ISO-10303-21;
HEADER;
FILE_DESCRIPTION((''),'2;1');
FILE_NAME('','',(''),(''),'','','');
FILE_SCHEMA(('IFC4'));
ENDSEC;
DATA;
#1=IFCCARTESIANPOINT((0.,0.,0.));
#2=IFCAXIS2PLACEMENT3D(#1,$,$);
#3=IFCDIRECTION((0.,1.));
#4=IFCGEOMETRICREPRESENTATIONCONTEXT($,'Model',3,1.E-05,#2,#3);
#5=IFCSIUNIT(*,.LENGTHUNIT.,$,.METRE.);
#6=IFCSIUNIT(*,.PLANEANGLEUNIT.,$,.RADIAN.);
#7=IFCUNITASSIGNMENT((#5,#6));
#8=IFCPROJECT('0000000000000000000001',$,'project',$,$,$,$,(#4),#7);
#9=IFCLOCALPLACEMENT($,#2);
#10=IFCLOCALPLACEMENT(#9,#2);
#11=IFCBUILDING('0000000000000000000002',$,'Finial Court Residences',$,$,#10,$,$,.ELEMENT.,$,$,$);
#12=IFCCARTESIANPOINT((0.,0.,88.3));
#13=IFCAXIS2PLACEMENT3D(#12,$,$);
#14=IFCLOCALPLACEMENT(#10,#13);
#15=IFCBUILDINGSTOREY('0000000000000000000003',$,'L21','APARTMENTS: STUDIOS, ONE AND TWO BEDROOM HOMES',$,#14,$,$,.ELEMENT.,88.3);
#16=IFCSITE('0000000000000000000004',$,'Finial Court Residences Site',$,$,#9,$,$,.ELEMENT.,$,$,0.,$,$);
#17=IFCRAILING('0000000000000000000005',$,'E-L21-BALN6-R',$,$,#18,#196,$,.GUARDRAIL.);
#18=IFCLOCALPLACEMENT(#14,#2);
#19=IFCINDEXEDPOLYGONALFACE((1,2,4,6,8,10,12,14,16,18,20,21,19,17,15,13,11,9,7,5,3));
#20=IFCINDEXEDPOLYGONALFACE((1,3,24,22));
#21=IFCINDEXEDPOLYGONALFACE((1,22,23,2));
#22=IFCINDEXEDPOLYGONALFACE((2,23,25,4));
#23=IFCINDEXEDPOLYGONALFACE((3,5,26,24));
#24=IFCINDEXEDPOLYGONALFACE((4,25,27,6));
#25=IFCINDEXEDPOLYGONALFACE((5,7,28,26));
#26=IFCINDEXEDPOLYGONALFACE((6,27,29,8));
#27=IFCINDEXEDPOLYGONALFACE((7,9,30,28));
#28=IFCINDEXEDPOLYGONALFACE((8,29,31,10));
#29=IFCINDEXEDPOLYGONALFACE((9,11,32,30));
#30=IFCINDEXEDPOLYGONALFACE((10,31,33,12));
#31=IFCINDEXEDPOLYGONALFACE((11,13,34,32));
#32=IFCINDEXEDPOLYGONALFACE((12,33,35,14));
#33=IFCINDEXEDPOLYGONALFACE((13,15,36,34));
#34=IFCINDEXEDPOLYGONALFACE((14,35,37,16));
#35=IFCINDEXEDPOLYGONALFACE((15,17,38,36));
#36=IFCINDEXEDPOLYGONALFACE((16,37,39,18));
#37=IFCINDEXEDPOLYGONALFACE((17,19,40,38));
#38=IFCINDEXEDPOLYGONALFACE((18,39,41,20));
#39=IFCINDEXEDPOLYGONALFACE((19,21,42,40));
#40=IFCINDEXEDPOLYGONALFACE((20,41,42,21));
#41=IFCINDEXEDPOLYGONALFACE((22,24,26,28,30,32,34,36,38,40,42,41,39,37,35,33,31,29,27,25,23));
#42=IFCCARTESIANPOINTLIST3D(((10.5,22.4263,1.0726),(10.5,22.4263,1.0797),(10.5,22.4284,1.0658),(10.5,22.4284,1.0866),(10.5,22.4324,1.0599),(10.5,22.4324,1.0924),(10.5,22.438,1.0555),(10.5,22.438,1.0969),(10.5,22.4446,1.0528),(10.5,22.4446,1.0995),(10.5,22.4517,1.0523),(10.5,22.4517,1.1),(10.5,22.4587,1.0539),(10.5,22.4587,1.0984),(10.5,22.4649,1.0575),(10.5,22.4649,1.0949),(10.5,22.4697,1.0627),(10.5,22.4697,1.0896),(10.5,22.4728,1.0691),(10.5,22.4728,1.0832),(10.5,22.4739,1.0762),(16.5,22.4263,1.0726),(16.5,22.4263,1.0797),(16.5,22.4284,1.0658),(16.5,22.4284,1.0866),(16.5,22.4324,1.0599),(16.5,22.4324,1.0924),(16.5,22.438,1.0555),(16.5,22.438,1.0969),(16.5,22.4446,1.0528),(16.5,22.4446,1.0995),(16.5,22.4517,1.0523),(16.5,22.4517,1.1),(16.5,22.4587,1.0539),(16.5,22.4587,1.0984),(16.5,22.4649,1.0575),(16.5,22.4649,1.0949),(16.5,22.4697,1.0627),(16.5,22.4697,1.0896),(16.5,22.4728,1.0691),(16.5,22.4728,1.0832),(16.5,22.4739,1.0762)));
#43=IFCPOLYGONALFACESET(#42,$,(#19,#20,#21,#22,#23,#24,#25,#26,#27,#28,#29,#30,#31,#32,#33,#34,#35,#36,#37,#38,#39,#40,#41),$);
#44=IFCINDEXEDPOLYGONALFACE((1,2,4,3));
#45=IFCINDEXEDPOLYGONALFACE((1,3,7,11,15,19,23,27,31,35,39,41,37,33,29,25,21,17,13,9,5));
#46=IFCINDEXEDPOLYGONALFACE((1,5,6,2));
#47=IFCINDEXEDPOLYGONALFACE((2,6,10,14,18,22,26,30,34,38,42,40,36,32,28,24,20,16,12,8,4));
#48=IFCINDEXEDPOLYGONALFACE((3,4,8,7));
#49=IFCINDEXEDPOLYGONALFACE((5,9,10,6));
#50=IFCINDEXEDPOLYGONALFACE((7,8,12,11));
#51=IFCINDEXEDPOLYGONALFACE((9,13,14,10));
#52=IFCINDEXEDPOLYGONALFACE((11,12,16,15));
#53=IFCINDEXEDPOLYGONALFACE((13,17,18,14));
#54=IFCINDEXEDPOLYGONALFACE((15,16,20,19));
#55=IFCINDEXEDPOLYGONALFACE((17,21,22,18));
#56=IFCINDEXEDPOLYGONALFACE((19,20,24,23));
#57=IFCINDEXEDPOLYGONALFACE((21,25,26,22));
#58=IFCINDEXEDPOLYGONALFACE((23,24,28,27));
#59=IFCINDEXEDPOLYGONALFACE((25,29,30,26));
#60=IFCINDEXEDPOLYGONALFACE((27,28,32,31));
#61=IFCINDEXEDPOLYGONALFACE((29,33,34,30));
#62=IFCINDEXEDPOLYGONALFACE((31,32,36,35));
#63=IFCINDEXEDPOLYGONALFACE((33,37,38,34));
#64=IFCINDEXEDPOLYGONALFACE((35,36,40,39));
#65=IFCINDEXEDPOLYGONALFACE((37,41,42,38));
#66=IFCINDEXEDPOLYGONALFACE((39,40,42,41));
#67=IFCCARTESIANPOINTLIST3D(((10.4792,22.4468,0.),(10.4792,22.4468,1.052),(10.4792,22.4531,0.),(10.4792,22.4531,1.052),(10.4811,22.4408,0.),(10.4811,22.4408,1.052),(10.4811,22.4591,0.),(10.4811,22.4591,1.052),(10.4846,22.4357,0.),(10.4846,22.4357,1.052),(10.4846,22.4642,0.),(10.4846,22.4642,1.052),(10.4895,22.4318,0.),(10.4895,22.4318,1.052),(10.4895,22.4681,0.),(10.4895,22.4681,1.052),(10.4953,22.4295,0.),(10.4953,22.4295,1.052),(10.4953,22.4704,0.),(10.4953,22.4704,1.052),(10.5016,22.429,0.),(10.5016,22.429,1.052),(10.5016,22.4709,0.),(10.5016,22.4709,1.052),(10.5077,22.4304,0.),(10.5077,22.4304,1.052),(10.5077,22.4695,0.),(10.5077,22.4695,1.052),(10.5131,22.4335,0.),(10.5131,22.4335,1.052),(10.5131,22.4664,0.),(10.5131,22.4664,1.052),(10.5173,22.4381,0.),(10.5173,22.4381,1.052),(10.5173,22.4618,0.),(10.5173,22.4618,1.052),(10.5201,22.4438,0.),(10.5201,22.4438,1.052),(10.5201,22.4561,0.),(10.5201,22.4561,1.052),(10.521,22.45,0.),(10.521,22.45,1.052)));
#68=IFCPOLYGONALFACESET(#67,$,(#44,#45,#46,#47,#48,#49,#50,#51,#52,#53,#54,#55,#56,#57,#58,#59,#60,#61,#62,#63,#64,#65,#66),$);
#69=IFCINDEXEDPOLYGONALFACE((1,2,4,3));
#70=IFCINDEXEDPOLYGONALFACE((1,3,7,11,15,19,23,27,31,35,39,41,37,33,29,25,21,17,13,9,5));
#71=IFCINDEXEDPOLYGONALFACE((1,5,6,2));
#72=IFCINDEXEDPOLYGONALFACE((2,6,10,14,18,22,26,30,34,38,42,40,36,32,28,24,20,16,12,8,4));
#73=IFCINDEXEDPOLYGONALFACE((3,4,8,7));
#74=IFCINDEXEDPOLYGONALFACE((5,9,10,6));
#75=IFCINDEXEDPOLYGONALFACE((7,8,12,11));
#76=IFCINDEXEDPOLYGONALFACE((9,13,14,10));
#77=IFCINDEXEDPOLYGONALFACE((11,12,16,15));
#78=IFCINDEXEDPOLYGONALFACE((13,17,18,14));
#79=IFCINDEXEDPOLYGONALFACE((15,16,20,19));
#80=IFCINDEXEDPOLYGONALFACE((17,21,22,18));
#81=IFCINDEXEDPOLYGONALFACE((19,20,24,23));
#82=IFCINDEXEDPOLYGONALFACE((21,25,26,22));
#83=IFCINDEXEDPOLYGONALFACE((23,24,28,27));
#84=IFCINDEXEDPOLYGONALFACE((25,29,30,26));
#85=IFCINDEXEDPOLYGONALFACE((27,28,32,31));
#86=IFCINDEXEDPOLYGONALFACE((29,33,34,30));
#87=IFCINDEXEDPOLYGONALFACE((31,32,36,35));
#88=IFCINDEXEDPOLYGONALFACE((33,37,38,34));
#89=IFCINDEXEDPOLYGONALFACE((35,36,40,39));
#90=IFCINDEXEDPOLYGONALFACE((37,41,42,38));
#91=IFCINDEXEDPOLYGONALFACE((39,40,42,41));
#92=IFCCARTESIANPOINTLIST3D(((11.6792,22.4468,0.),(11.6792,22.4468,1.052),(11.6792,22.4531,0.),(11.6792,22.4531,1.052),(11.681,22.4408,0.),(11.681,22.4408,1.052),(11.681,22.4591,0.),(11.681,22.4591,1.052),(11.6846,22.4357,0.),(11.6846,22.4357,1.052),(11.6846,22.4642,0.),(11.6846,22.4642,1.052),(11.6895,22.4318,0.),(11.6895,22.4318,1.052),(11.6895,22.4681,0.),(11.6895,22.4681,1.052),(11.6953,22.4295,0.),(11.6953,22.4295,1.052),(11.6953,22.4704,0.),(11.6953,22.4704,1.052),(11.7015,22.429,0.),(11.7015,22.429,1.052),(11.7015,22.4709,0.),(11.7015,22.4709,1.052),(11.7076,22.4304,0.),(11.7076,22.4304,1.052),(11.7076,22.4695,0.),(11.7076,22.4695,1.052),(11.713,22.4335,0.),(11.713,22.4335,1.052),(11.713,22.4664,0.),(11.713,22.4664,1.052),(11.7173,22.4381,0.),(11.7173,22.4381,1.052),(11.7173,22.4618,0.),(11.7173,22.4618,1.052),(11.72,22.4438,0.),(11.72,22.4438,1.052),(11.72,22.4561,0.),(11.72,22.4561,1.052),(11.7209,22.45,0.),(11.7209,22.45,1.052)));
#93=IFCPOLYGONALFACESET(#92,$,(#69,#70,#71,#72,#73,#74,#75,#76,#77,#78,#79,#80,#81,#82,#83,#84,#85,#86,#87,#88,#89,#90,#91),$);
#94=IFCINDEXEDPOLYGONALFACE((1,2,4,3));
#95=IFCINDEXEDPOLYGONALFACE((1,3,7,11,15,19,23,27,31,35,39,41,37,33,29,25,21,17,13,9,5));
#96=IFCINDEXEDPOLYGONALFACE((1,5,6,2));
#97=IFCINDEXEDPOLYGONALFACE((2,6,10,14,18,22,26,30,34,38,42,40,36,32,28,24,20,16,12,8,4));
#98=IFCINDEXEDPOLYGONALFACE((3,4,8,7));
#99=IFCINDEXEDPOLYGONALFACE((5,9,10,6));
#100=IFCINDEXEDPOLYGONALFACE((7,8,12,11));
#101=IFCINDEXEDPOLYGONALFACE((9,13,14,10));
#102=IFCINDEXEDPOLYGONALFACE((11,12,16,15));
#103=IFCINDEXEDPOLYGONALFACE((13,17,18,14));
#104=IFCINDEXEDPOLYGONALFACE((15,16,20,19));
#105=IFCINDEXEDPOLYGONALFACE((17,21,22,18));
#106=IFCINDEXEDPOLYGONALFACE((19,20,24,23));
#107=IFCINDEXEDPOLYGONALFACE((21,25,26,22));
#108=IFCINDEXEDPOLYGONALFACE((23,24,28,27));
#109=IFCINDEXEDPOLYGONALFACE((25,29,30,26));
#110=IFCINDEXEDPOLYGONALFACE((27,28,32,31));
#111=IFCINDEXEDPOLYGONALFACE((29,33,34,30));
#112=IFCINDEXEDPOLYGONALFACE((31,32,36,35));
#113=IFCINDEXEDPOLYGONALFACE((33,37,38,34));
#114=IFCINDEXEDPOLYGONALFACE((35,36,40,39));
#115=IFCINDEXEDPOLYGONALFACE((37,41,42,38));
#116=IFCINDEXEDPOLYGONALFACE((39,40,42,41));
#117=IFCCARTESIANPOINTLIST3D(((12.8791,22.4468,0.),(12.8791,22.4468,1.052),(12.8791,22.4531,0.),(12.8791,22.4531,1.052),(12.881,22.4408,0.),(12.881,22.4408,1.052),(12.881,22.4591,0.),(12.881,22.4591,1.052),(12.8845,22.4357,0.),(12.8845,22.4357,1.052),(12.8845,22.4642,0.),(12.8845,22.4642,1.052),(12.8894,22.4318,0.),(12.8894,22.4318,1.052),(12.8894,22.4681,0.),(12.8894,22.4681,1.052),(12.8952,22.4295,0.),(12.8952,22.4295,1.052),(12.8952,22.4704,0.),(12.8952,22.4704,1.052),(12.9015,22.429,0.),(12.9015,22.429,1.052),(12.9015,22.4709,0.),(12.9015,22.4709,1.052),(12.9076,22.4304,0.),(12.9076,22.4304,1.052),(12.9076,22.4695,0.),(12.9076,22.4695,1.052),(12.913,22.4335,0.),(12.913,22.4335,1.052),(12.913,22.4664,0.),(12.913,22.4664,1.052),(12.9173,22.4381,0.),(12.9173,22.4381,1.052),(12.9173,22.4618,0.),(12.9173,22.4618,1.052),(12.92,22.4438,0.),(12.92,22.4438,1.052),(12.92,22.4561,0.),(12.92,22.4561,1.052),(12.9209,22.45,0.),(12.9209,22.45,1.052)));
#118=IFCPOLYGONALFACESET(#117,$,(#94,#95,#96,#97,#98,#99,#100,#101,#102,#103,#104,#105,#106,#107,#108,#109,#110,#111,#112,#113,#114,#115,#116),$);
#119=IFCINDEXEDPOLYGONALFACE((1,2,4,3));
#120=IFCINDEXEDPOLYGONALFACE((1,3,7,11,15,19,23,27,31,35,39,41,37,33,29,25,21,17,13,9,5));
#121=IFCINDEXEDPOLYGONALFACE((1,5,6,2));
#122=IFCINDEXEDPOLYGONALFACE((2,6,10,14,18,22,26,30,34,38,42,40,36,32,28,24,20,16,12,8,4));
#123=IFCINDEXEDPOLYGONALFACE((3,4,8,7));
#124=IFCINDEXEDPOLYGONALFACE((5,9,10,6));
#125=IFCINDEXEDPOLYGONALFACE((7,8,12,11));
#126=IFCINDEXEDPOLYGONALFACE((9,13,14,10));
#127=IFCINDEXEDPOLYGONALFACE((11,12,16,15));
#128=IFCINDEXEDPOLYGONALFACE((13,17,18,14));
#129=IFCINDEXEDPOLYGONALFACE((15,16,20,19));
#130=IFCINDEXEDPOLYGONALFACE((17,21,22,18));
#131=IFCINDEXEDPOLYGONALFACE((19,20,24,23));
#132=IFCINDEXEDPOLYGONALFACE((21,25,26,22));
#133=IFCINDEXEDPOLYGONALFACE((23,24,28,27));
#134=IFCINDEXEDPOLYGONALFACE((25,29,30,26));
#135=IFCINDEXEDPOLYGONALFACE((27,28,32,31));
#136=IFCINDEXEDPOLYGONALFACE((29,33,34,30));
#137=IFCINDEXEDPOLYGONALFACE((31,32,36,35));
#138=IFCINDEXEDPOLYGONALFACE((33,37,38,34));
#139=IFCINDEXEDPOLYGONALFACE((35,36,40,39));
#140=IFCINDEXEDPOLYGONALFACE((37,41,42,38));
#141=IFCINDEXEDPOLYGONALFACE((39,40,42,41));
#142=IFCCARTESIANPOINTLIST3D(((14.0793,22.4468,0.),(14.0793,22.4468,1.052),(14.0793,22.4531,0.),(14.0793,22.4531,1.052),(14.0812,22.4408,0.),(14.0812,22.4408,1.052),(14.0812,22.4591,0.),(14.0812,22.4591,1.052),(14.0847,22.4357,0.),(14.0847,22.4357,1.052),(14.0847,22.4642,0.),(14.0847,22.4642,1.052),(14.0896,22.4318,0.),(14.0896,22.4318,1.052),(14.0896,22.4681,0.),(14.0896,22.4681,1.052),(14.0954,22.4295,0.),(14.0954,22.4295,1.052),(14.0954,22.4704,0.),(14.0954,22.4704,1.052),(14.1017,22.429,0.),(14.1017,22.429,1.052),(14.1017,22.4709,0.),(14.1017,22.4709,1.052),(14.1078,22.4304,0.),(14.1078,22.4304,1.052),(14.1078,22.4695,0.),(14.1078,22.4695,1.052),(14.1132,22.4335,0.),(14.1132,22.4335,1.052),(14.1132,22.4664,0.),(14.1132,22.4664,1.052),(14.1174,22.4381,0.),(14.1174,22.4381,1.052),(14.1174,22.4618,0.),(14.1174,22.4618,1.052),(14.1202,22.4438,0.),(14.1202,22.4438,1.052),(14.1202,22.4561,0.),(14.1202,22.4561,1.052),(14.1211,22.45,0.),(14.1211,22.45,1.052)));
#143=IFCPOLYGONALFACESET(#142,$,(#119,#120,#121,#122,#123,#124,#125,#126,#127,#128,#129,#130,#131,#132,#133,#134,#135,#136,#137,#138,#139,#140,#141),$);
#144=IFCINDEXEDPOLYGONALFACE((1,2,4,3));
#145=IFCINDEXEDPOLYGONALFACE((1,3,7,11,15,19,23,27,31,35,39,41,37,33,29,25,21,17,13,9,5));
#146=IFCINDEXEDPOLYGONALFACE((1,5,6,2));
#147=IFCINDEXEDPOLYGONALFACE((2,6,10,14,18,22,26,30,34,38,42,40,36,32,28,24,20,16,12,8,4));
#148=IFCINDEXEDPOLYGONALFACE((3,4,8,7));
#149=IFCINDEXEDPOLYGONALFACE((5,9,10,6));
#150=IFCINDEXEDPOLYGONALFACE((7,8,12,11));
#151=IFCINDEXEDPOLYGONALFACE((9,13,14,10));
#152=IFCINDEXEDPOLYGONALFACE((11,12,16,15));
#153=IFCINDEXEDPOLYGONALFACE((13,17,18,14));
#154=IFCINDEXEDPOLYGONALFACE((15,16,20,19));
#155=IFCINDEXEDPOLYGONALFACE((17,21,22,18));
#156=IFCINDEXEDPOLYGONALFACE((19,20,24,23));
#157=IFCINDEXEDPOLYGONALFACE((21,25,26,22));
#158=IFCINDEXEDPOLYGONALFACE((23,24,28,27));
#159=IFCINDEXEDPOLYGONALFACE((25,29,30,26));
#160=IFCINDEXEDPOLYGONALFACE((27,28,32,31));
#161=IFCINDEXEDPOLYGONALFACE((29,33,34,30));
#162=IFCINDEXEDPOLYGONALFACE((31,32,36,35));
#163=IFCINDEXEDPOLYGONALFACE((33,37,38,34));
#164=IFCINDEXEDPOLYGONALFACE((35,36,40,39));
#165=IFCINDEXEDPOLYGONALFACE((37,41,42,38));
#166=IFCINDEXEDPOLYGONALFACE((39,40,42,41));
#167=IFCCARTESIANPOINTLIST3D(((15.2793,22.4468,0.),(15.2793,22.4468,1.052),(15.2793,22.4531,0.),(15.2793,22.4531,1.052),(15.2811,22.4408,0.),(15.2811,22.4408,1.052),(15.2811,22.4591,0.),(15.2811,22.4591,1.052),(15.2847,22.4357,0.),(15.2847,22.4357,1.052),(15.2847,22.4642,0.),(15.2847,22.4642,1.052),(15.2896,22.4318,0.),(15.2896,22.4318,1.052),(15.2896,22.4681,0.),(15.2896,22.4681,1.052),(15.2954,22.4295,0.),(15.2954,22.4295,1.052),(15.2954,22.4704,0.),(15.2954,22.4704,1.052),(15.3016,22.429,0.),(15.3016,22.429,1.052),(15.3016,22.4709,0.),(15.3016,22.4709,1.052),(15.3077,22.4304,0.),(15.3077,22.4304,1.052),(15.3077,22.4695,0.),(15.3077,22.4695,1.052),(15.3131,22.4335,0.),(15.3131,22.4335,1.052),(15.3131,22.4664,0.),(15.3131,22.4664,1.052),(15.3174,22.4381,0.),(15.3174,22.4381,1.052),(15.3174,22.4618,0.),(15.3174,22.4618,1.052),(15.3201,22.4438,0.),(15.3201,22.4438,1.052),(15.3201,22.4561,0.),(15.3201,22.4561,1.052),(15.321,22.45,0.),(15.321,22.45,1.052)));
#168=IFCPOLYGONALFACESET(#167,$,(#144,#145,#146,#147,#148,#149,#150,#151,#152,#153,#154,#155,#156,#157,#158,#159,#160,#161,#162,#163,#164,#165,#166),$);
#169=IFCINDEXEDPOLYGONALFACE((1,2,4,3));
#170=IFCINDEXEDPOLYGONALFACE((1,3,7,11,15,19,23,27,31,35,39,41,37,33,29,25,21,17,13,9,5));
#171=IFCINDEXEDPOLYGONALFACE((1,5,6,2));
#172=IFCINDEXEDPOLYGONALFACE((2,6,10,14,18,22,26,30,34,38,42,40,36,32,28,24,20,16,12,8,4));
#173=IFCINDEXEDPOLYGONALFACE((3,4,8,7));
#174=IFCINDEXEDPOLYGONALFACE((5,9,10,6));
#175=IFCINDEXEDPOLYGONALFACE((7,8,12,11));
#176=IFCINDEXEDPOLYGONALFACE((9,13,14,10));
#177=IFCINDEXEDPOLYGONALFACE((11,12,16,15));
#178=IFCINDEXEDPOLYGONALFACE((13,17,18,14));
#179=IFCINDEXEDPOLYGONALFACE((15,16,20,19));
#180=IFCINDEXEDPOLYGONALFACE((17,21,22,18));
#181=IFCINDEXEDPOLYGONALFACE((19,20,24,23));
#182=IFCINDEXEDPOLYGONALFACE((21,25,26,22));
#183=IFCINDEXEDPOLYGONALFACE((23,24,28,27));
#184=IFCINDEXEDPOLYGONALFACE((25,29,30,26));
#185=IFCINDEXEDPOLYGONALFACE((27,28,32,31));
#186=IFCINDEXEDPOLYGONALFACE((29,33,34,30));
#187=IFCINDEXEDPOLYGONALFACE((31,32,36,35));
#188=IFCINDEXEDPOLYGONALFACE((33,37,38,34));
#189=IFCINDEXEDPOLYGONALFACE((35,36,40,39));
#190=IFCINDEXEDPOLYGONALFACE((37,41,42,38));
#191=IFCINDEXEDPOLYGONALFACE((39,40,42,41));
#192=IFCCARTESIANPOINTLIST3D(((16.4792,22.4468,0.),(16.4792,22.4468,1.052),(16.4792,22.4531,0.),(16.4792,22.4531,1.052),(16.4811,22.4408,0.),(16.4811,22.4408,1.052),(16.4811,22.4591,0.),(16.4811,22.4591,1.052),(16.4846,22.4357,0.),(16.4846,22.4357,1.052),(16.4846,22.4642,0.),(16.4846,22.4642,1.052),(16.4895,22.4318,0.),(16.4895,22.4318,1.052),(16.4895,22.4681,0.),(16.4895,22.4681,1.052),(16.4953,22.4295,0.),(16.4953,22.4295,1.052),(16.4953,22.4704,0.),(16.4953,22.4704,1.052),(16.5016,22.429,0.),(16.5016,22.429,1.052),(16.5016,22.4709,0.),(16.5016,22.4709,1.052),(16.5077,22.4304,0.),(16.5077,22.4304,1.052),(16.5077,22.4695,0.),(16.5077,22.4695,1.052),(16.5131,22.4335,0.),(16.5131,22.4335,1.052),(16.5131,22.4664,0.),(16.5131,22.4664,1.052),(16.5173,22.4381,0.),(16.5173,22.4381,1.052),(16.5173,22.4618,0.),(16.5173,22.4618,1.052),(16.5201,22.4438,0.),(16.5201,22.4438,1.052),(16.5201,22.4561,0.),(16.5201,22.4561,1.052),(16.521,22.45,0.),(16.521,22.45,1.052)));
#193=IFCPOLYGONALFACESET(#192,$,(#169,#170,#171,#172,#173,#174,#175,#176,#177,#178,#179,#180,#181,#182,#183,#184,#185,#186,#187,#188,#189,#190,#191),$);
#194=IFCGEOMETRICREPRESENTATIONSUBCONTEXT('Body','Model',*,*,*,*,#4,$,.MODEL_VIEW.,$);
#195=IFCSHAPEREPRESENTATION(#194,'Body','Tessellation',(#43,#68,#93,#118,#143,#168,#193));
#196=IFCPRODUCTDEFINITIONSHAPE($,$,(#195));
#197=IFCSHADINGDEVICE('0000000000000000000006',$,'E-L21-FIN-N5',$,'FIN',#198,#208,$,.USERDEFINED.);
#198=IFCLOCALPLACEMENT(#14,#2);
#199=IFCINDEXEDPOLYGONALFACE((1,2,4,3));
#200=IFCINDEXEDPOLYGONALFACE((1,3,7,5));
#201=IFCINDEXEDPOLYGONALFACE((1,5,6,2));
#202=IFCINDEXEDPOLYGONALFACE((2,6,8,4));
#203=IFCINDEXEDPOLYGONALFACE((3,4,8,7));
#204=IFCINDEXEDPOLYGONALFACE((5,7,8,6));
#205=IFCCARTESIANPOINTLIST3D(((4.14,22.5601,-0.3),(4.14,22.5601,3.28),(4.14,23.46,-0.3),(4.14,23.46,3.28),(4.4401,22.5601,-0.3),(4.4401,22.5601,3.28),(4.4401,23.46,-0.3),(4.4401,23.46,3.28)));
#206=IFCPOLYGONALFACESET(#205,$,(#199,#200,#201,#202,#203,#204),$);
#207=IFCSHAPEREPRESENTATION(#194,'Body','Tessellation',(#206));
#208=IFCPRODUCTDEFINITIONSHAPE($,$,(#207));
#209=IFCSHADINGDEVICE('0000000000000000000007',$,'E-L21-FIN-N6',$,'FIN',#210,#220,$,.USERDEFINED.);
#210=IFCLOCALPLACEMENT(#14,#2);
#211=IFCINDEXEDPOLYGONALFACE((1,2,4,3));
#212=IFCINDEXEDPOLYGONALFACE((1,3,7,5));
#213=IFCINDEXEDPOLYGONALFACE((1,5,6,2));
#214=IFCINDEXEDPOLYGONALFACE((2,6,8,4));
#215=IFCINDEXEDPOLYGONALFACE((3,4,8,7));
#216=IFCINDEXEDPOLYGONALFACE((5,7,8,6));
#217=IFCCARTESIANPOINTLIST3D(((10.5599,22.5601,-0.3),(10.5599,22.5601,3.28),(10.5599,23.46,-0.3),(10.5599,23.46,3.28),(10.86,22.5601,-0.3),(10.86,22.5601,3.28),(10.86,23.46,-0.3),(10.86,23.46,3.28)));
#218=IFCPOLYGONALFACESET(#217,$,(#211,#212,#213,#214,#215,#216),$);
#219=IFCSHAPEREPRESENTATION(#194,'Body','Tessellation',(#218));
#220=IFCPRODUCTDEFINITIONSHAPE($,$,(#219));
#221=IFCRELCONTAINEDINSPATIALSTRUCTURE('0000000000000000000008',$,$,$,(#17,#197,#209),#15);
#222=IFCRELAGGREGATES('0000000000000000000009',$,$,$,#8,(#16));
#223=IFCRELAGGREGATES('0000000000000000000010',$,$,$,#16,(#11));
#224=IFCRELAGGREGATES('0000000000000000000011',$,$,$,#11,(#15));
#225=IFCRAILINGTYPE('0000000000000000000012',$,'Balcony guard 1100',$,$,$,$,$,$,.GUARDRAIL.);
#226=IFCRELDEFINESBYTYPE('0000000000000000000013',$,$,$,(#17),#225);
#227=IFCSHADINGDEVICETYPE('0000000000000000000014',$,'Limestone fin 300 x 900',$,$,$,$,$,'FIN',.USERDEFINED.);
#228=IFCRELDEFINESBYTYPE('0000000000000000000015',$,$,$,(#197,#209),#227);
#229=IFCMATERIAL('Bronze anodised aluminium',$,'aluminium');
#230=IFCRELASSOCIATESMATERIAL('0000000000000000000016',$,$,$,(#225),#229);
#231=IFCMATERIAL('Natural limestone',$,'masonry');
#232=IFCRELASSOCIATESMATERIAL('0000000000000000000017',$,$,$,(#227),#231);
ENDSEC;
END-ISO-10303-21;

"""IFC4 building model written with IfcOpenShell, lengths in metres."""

from ifc_helpers import new_model, si_unit, direction, frame, origin, origin_2d, place, context, subcontext, project, spatial, rectangle, circle, extrude, material, type_object, element, save


model = new_model("IFC4")

# Units and contexts
model_context = context("Model", 3, precision=1e-05, world=origin(), true_north=direction((0.0, 1.0)))
body_context = subcontext(model_context, "Body", "Model", "MODEL_VIEW")
ifc_project = project(units=[si_unit("LENGTHUNIT", "METRE"), si_unit("PLANEANGLEUNIT", "RADIAN")], contexts=[model_context])

# Site, building, storey
site_placement = place(None, origin())
site = spatial("IfcSite", under=ifc_project, at=site_placement, Name="Finial Court Residences Site", CompositionType="ELEMENT", RefElevation=0.0)
building_placement = place(site_placement, origin())
building = spatial("IfcBuilding", under=site, at=building_placement, Name="Finial Court Residences", CompositionType="ELEMENT")
storey_placement = place(building_placement, frame((0.0, 0.0, 88.3)))
storey = spatial("IfcBuildingStorey", under=building, at=storey_placement, Name="L21", Description="APARTMENTS: STUDIOS, ONE AND TWO BEDROOM HOMES", CompositionType="ELEMENT", Elevation=88.3)

# Shared definitions
ifc_material_1 = material(Name="Bronze anodised aluminium", Category="aluminium")

# Shared definitions
ifc_material_2 = material(Name="Natural limestone", Category="masonry")

# Railing
railing_type = type_object("IfcRailingType", Name="Balcony guard 1100", PredefinedType="GUARDRAIL", material=ifc_material_1)
railing_placement = place(storey_placement, frame((10.5, 22.45, 0.0)))
element("IfcRailing", 1, at=railing_placement, inside=storey, type_object=railing_type, Name="E-L21-BALN6-R", PredefinedType="GUARDRAIL", context=body_context, shape_type="SweptSolid", body=[
    extrude(circle(Radius=0.0239, at=origin_2d()), frame((0.0, 0.0, 1.0762), z_axis=(1.0, 0.0, 0.0), x_axis=(0.0, 1.0, 0.0)), (0.0, 0.0, 1.0), 6.0),
    extrude(circle(Radius=0.021, at=origin_2d()), origin(), (0.0, 0.0, 1.0), 1.052),
    extrude(circle(Radius=0.021, at=origin_2d()), frame((1.2, 0.0, 0.0)), (0.0, 0.0, 1.0), 1.052),
    extrude(circle(Radius=0.021, at=origin_2d()), frame((2.3999, 0.0, 0.0)), (0.0, 0.0, 1.0), 1.052),
    extrude(circle(Radius=0.021, at=origin_2d()), frame((3.6001, 0.0, 0.0)), (0.0, 0.0, 1.0), 1.052),
    extrude(circle(Radius=0.021, at=origin_2d()), frame((4.8, 0.0, 0.0)), (0.0, 0.0, 1.0), 1.052),
    extrude(circle(Radius=0.021, at=origin_2d()), frame((6.0, 0.0, 0.0)), (0.0, 0.0, 1.0), 1.052),
])

# Shading devices
shading_device_type = type_object("IfcShadingDeviceType", Name="Limestone fin 300 x 900", ElementType="FIN", PredefinedType="USERDEFINED", material=ifc_material_2)
for number, where, z_axis, x_axis, name in (
    (2, (4.29, 23.01, -0.3), (0.0, 0.0, 1.0), (1.0, 0.0, 0.0), "E-L21-FIN-N5"),
    (3, (10.71, 23.01, -0.3), (0.0, 0.0, 1.0), (1.0, 0.0, 0.0), "E-L21-FIN-N6"),
):
    element("IfcShadingDevice", number, at=place(storey_placement, frame(where, z_axis=z_axis, x_axis=x_axis)), inside=storey, type_object=shading_device_type, Name=name, ObjectType="FIN", PredefinedType="USERDEFINED", context=body_context, shape_type="SweptSolid", body=[
        extrude(rectangle(XDim=0.3, YDim=0.8999, at=origin_2d()), origin(), (0.0, 0.0, 1.0), 3.5801),
    ])

save(model, "model.ifc")
